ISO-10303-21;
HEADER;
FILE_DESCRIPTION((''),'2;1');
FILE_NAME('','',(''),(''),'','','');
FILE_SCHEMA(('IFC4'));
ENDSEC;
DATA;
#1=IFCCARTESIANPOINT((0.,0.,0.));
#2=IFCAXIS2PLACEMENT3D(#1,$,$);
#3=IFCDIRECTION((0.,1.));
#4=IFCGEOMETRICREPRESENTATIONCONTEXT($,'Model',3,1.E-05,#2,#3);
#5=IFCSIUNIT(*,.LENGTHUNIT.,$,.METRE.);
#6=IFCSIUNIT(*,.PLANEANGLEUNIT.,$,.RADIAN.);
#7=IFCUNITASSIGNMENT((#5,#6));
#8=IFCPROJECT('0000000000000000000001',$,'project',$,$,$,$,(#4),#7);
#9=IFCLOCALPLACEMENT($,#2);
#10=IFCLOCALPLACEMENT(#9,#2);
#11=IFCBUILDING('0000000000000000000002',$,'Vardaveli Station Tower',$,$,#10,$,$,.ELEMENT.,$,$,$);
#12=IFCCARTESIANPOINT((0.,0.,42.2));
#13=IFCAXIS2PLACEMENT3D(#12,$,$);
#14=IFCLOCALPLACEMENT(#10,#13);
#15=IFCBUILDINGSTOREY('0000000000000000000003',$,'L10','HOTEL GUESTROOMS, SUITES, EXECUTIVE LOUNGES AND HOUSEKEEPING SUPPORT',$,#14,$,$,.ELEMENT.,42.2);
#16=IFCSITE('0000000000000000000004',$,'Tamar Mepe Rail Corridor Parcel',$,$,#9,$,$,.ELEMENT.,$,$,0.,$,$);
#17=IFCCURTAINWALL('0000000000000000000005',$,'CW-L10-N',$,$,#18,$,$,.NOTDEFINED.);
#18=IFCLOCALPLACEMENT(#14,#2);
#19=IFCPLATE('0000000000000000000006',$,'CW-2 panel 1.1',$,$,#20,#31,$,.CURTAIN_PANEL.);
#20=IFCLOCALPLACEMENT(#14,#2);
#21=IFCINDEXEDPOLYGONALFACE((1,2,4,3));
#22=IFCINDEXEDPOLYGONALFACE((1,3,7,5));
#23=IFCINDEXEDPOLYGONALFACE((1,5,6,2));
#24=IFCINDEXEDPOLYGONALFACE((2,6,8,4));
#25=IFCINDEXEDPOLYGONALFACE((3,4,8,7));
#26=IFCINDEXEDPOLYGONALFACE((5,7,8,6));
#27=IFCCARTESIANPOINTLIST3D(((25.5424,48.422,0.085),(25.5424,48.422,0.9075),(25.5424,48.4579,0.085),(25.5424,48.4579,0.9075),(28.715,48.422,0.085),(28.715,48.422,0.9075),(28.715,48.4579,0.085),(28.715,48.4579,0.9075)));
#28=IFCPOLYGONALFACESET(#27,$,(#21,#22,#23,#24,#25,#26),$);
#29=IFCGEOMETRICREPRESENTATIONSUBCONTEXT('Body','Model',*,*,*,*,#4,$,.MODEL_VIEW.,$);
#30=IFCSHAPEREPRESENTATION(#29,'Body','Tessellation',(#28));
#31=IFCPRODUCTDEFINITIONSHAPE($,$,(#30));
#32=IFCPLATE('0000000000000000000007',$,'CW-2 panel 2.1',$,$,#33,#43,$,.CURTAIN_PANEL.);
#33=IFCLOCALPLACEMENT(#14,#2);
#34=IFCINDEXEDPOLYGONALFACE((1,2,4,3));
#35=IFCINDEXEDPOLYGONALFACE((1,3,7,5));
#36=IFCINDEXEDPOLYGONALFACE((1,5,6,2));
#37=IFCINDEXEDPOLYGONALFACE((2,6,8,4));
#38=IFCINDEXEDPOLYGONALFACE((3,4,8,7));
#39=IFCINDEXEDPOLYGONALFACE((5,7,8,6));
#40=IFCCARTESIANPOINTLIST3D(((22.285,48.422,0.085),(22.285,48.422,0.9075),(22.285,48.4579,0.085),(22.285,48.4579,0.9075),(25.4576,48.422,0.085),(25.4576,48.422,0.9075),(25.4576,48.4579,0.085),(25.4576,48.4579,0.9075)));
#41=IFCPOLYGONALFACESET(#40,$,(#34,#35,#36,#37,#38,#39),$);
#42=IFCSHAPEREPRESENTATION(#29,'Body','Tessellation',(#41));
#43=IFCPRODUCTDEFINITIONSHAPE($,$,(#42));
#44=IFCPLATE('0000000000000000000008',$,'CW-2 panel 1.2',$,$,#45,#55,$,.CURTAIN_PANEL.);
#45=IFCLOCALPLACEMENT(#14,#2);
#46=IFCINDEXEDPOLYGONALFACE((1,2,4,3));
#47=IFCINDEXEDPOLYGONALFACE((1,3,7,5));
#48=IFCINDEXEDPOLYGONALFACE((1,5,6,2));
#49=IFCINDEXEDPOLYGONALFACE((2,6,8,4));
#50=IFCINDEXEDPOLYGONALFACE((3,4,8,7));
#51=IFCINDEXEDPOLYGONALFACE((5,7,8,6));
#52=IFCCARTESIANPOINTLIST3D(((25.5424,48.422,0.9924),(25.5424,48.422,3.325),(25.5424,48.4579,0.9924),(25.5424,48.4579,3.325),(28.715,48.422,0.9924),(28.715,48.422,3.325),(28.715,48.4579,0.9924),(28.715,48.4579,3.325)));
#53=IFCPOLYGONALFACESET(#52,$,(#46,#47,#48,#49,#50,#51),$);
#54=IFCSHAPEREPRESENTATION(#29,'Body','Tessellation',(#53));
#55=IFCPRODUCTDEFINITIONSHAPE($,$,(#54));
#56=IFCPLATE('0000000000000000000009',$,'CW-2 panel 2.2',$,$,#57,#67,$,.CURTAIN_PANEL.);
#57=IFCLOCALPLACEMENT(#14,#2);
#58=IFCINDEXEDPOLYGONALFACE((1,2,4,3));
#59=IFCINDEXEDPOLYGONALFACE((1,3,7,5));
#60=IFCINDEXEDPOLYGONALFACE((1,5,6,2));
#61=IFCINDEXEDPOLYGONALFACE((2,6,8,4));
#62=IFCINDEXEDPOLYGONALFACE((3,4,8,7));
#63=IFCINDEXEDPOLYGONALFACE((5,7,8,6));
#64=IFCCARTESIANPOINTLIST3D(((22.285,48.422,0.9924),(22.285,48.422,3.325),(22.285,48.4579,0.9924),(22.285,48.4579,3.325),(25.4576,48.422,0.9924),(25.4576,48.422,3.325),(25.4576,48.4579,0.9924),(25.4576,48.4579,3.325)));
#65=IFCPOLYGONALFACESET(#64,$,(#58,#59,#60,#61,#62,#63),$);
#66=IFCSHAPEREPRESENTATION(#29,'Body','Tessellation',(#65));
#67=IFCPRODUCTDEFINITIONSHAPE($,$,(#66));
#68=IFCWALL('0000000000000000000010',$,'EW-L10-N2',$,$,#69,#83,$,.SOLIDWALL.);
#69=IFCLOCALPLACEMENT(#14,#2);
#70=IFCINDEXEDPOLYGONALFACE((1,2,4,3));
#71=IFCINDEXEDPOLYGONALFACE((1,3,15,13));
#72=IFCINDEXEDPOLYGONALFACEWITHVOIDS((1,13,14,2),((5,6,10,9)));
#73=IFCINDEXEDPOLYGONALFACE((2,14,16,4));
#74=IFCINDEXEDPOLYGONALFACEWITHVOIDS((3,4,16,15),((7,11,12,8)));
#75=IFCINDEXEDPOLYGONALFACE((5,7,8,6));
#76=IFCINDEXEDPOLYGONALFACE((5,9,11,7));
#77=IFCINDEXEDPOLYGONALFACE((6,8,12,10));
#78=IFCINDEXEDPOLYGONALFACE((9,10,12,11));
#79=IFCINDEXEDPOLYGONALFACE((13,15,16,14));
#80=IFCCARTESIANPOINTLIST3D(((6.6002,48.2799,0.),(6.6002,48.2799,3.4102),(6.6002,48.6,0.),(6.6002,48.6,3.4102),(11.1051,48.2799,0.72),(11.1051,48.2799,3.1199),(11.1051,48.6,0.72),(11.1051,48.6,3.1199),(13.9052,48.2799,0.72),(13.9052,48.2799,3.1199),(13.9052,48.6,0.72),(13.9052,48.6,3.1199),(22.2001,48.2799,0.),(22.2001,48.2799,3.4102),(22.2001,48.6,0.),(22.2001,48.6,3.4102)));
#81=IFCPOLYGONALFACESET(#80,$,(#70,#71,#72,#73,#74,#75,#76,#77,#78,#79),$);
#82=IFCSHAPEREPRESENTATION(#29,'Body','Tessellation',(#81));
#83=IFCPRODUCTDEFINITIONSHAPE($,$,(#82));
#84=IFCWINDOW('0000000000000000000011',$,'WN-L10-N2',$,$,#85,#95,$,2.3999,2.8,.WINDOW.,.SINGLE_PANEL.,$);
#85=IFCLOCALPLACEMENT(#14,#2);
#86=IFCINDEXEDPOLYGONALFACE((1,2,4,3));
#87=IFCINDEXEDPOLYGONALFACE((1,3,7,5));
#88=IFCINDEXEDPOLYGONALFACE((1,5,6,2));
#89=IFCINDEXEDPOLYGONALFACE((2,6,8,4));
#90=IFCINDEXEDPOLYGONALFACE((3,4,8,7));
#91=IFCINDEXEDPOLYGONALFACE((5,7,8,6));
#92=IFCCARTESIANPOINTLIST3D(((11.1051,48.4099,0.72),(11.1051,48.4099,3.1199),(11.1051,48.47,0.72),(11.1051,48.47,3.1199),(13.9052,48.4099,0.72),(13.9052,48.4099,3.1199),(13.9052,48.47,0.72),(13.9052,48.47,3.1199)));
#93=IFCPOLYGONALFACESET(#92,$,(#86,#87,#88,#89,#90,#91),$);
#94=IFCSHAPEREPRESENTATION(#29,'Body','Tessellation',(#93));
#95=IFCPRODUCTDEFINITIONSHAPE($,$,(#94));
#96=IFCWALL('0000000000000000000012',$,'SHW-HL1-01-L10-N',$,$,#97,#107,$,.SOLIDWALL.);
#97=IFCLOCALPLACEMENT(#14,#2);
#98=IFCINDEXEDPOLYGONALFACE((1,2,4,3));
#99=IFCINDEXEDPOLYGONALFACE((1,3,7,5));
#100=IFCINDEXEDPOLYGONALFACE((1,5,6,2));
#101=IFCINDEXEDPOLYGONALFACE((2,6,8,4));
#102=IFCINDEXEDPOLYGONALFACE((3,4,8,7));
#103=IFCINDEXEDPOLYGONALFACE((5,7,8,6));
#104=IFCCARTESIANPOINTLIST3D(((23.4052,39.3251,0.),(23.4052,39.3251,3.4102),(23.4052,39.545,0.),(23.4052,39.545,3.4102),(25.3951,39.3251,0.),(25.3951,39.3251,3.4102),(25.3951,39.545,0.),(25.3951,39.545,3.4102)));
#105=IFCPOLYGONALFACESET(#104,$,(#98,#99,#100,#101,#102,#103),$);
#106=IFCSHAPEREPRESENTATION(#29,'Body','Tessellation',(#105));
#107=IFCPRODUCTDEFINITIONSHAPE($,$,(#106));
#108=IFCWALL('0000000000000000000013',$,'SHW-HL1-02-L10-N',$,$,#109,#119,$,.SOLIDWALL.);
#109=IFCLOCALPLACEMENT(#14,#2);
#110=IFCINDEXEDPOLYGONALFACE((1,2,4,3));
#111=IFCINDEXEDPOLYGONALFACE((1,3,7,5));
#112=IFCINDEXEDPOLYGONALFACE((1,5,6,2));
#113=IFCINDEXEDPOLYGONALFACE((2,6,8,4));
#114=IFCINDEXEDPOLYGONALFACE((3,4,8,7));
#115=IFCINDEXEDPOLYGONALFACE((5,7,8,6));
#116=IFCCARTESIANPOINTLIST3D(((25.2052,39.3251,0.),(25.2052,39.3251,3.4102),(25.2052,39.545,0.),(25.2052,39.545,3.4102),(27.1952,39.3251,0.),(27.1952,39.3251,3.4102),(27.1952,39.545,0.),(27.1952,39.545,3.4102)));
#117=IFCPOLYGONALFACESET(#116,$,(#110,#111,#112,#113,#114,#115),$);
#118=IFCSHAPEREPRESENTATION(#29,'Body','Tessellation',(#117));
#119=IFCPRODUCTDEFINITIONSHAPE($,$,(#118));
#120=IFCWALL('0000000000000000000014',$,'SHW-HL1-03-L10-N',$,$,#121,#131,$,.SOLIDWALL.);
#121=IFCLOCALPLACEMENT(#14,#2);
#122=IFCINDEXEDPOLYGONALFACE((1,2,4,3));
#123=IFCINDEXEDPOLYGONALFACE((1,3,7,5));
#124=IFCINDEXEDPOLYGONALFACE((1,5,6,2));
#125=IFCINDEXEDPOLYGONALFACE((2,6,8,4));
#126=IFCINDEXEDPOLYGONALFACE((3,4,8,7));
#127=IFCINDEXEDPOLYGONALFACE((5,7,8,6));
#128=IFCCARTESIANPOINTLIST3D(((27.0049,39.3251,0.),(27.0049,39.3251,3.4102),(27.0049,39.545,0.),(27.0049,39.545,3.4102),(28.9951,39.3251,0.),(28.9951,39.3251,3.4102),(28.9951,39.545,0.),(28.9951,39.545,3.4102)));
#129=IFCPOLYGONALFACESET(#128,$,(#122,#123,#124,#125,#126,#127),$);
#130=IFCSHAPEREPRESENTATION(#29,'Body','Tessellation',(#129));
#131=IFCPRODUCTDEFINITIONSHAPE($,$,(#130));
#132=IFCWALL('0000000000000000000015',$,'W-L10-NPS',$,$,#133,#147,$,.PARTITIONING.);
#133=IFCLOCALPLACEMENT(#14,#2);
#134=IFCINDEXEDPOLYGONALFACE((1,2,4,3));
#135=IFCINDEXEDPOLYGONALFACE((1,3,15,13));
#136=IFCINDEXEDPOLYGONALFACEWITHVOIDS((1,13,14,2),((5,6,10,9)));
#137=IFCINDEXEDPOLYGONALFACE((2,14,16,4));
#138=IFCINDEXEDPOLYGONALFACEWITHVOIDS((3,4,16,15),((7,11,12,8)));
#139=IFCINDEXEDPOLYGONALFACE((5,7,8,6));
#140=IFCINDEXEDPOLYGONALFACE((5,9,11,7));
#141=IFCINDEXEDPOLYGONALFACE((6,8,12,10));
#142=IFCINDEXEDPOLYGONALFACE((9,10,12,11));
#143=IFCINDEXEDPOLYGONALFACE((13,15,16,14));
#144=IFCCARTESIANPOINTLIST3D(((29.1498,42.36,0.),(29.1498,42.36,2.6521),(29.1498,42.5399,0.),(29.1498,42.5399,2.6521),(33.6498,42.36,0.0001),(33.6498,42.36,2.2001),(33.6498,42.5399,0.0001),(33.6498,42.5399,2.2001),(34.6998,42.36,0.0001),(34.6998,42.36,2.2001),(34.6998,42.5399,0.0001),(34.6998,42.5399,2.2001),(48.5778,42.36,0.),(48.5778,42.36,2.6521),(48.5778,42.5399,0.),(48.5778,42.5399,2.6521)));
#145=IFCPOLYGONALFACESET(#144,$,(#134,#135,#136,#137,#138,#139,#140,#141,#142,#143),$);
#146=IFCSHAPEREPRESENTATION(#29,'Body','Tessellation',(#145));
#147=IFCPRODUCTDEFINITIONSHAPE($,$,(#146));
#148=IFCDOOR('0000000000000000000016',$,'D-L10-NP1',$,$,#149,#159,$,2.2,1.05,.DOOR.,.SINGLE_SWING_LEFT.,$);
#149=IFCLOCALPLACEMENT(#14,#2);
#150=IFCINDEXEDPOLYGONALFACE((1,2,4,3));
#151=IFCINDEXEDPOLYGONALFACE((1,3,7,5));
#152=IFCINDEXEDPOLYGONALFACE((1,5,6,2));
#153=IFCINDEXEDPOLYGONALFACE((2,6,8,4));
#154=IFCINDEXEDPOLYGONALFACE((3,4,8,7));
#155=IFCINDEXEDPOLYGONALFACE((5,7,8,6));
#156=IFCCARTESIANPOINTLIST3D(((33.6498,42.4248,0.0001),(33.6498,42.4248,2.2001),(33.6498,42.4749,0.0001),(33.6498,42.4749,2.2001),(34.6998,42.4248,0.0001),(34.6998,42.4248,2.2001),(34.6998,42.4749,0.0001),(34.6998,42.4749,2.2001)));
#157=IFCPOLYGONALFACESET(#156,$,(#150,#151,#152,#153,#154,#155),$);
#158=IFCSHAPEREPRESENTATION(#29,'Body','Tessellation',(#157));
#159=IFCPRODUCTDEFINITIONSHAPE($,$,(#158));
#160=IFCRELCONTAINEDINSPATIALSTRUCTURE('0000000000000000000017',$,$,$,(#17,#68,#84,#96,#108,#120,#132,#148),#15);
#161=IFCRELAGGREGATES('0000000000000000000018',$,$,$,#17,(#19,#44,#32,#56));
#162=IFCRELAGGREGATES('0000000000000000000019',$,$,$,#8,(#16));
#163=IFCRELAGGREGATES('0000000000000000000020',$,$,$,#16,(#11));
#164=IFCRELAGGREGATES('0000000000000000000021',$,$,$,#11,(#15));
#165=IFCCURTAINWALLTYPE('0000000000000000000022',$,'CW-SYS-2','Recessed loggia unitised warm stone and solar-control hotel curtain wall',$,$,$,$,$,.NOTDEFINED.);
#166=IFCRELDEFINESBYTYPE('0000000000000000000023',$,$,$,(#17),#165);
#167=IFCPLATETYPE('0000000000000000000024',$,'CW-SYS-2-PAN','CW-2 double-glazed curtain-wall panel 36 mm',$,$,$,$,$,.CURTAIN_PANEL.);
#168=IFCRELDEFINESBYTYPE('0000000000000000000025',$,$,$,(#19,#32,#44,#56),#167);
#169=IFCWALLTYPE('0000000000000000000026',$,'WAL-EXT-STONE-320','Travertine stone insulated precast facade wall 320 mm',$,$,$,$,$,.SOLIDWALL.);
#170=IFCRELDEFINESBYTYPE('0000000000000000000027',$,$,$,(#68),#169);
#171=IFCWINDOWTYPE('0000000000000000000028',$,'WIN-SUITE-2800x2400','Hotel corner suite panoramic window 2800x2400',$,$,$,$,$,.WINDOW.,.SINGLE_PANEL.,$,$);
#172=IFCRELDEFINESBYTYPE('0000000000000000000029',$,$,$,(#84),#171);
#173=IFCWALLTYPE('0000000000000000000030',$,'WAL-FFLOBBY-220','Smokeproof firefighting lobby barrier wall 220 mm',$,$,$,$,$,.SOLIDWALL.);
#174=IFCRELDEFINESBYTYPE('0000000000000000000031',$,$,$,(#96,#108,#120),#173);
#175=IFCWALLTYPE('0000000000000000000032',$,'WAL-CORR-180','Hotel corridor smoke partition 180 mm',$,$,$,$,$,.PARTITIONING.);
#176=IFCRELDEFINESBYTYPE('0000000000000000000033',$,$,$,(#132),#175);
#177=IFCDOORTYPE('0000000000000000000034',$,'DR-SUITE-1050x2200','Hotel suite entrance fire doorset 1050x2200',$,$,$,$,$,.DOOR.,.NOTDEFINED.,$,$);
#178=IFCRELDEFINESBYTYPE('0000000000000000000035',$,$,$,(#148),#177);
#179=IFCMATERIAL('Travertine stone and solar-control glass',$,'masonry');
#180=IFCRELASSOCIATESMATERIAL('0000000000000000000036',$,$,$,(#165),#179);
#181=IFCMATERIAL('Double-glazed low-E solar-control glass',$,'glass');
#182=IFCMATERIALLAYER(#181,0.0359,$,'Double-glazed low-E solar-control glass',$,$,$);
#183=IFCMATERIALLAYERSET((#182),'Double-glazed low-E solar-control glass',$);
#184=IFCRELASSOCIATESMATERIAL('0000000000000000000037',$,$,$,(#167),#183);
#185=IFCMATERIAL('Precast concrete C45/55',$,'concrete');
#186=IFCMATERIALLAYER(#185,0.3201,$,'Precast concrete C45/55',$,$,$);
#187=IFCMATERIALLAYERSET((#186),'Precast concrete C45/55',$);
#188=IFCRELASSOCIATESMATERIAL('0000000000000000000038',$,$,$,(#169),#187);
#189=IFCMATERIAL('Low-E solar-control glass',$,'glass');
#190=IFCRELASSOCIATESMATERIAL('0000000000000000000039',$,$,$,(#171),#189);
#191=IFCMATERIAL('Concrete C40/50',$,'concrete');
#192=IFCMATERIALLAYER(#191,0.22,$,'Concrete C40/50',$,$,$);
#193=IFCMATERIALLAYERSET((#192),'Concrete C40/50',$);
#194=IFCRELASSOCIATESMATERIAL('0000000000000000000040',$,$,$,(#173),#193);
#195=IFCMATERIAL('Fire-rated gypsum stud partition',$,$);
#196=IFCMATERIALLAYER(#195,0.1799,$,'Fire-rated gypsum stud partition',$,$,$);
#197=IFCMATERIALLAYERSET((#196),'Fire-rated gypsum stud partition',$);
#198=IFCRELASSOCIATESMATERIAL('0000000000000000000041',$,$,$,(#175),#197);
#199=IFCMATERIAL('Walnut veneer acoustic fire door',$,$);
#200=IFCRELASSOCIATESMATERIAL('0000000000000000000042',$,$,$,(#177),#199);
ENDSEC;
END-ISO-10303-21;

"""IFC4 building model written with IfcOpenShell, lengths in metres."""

from ifc_helpers import new_model, si_unit, direction, frame, frame_2d, origin, origin_2d, place, context, subcontext, project, spatial, rectangle, extrude, source, transform, mapped, material, layer, layer_set, type_object, element, fill, aggregate, save


model = new_model("IFC4")

# Units and contexts
model_context = context("Model", 3, precision=1e-05, world=origin(), true_north=direction((0.0, 1.0)))
body_context = subcontext(model_context, "Body", "Model", "MODEL_VIEW")
ifc_project = project(units=[si_unit("LENGTHUNIT", "METRE"), si_unit("PLANEANGLEUNIT", "RADIAN")], contexts=[model_context])

# Site, building, storey
site_placement = place(None, origin())
site = spatial("IfcSite", under=ifc_project, at=site_placement, Name="Tamar Mepe Rail Corridor Parcel", CompositionType="ELEMENT", RefElevation=0.0)
building_placement = place(site_placement, origin())
building = spatial("IfcBuilding", under=site, at=building_placement, Name="Vardaveli Station Tower", CompositionType="ELEMENT")
storey_placement = place(building_placement, frame((0.0, 0.0, 42.2)))
storey = spatial("IfcBuildingStorey", under=building, at=storey_placement, Name="L10", Description="HOTEL GUESTROOMS, SUITES, EXECUTIVE LOUNGES AND HOUSEKEEPING SUPPORT", CompositionType="ELEMENT", Elevation=42.2)

# Shared definitions
ifc_material_1 = material(Name="Precast concrete C45/55", Category="concrete")

# Curtain wall, plates
ifc_material_2 = material(Name="Travertine stone and solar-control glass", Category="masonry")
curtain_wall_type = type_object("IfcCurtainWallType", Name="CW-SYS-2", Description="Recessed loggia unitised warm stone and solar-control hotel curtain wall", PredefinedType="NOTDEFINED", material=ifc_material_2)
curtain_wall_placement = place(storey_placement, origin())
curtain_wall = element("IfcCurtainWall", 1, at=curtain_wall_placement, inside=storey, type_object=curtain_wall_type, Name="CW-L10-N", PredefinedType="NOTDEFINED")
ifc_material_3 = material(Name="Double-glazed low-E solar-control glass", Category="glass")
ifc_layer_1 = layer(ifc_material_3, 0.0359, Name="Double-glazed low-E solar-control glass")
ifc_layer_set_1 = layer_set([ifc_layer_1], Name="Double-glazed low-E solar-control glass")
plate_type = type_object("IfcPlateType", Name="CW-SYS-2-PAN", Description="CW-2 double-glazed curtain-wall panel 36 mm", PredefinedType="CURTAIN_PANEL", material=ifc_layer_set_1)
shared_shape_1 = source(origin(), body_context, "Body", "SweptSolid", [
    extrude(rectangle(XDim=3.1726, YDim=0.0359, at=origin_2d()), origin(), (0.0, 0.0, 1.0), 0.8225),
])
plate_1_placement = place(storey_placement, frame((27.1287, 48.4399, 0.085), z_axis=(0.0, 0.0, 1.0), x_axis=(-1.0, 0.0, 0.0)))
plate_1 = element("IfcPlate", 2, at=plate_1_placement, type_object=plate_type, Name="CW-2 panel 1.1", PredefinedType="CURTAIN_PANEL", context=body_context, shape_type="MappedRepresentation", body=[
    mapped(shared_shape_1, transform((0.0, 0.0, 0.0), scale=1.0)),
])
plate_2_placement = place(storey_placement, frame((23.8713, 48.4399, 0.085), z_axis=(0.0, 0.0, 1.0), x_axis=(-1.0, 0.0, 0.0)))
plate_2 = element("IfcPlate", 3, at=plate_2_placement, type_object=plate_type, Name="CW-2 panel 2.1", PredefinedType="CURTAIN_PANEL", context=body_context, shape_type="MappedRepresentation", body=[
    mapped(shared_shape_1, transform((0.0, 0.0, 0.0), scale=1.0)),
])
shared_shape_2 = source(origin(), body_context, "Body", "SweptSolid", [
    extrude(rectangle(XDim=3.1726, YDim=0.0359, at=origin_2d()), origin(), (0.0, 0.0, 1.0), 2.3325),
])
plate_3_placement = place(storey_placement, frame((27.1287, 48.4399, 0.9924), z_axis=(0.0, 0.0, 1.0), x_axis=(-1.0, 0.0, 0.0)))
plate_3 = element("IfcPlate", 4, at=plate_3_placement, type_object=plate_type, Name="CW-2 panel 1.2", PredefinedType="CURTAIN_PANEL", context=body_context, shape_type="MappedRepresentation", body=[
    mapped(shared_shape_2, transform((0.0, 0.0, 0.0), scale=1.0)),
])
plate_4_placement = place(storey_placement, frame((23.8713, 48.4399, 0.9924), z_axis=(0.0, 0.0, 1.0), x_axis=(-1.0, 0.0, 0.0)))
plate_4 = element("IfcPlate", 5, at=plate_4_placement, type_object=plate_type, Name="CW-2 panel 2.2", PredefinedType="CURTAIN_PANEL", context=body_context, shape_type="MappedRepresentation", body=[
    mapped(shared_shape_2, transform((0.0, 0.0, 0.0), scale=1.0)),
])
aggregate(curtain_wall, [plate_1, plate_3, plate_2, plate_4])

# Wall, opening, window
ifc_layer_2 = layer(ifc_material_1, 0.3201, Name="Precast concrete C45/55")
ifc_layer_set_2 = layer_set([ifc_layer_2], Name="Precast concrete C45/55")
wall_type_1 = type_object("IfcWallType", Name="WAL-EXT-STONE-320", Description="Travertine stone insulated precast facade wall 320 mm", PredefinedType="SOLIDWALL", material=ifc_layer_set_2)
shared_shape_3 = source(origin(), body_context, "Body", "SweptSolid", [
    extrude(rectangle(XDim=15.5999, YDim=0.3201, at=frame_2d((7.7998, 0.0))), origin(), (0.0, 0.0, 1.0), 3.4102),
])
wall_1_placement = place(storey_placement, frame((22.2, 48.4399, 0.0), z_axis=(0.0, 0.0, 1.0), x_axis=(-1.0, 0.0, 0.0)))
wall_1 = element("IfcWall", 6, at=wall_1_placement, inside=storey, type_object=wall_type_1, Name="EW-L10-N2", PredefinedType="SOLIDWALL", context=body_context, shape_type="MappedRepresentation", body=[
    mapped(shared_shape_3, transform((0.0, 0.0, 0.0), scale=1.0)),
])
shared_shape_4 = source(origin(), body_context, "Body", "SweptSolid", [
    extrude(rectangle(XDim=2.8, YDim=2.3999, at=frame_2d((1.3999, 1.2))), frame((0.0, 0.1699, 0.0), z_axis=(0.0, -1.0, 0.0), x_axis=(1.0, 0.0, 0.0)), (0.0, 0.0, 1.0), 0.3401),
])
opening_1_placement = place(wall_1_placement, frame((8.2949, 0.0, 0.72)))
opening_1 = element("IfcOpeningElement", 7, at=opening_1_placement, cuts=wall_1, PredefinedType="OPENING", context=body_context, shape_type="MappedRepresentation", body=[
    mapped(shared_shape_4, transform((0.0, 0.0, 0.0), scale=1.0)),
])
ifc_material_4 = material(Name="Low-E solar-control glass", Category="glass")
window_type = type_object("IfcWindowType", Name="WIN-SUITE-2800x2400", Description="Hotel corner suite panoramic window 2800x2400", PartitioningType="SINGLE_PANEL", PredefinedType="WINDOW", material=ifc_material_4)
shared_shape_5 = source(origin(), body_context, "Body", "SweptSolid", [
    extrude(rectangle(XDim=2.8, YDim=2.3999, at=frame_2d((1.3999, 1.2))), frame((0.0, 0.03, 0.0), z_axis=(0.0, -1.0, 0.0), x_axis=(1.0, 0.0, 0.0)), (0.0, 0.0, 1.0), 0.0601),
])
window_placement = place(opening_1_placement, origin())
window = element("IfcWindow", 8, at=window_placement, inside=storey, type_object=window_type, Name="WN-L10-N2", OverallHeight=2.3999, OverallWidth=2.8, PartitioningType="SINGLE_PANEL", PredefinedType="WINDOW", context=body_context, shape_type="MappedRepresentation", body=[
    mapped(shared_shape_5, transform((0.0, 0.0, 0.0), scale=1.0)),
])
fill(opening_1, window)

# Walls
ifc_material_5 = material(Name="Concrete C40/50", Category="concrete")
ifc_layer_3 = layer(ifc_material_5, 0.22, Name="Concrete C40/50")
ifc_layer_set_3 = layer_set([ifc_layer_3], Name="Concrete C40/50")
wall_type_2 = type_object("IfcWallType", Name="WAL-FFLOBBY-220", Description="Smokeproof firefighting lobby barrier wall 220 mm", PredefinedType="SOLIDWALL", material=ifc_layer_set_3)
shared_shape_6 = source(origin(), body_context, "Body", "SweptSolid", [
    extrude(rectangle(XDim=1.99, YDim=0.22, at=frame_2d((0.9951, 0.0))), origin(), (0.0, 0.0, 1.0), 3.4102),
])
for number, where, z_axis, x_axis, name in (
    (9, (23.405, 39.4351, 0.0), (0.0, 0.0, 1.0), (1.0, 0.0, 0.0), "SHW-HL1-01-L10-N"),
    (10, (25.2051, 39.4351, 0.0), (0.0, 0.0, 1.0), (1.0, 0.0, 0.0), "SHW-HL1-02-L10-N"),
):
    element("IfcWall", number, at=place(storey_placement, frame(where, z_axis=z_axis, x_axis=x_axis)), inside=storey, type_object=wall_type_2, Name=name, PredefinedType="SOLIDWALL", context=body_context, shape_type="MappedRepresentation", body=[
        mapped(shared_shape_6, transform((0.0, 0.0, 0.0), scale=1.0)),
    ])
shared_shape_7 = source(origin(), body_context, "Body", "SweptSolid", [
    extrude(rectangle(XDim=1.9902, YDim=0.22, at=frame_2d((0.9951, 0.0))), origin(), (0.0, 0.0, 1.0), 3.4102),
])
wall_2_placement = place(storey_placement, frame((27.0049, 39.4351, 0.0), z_axis=(0.0, 0.0, 1.0), x_axis=(1.0, 0.0, 0.0)))
element("IfcWall", 11, at=wall_2_placement, inside=storey, type_object=wall_type_2, Name="SHW-HL1-03-L10-N", PredefinedType="SOLIDWALL", context=body_context, shape_type="MappedRepresentation", body=[
    mapped(shared_shape_7, transform((0.0, 0.0, 0.0), scale=1.0)),
])

# Wall, opening, door
ifc_material_6 = material(Name="Fire-rated gypsum stud partition")
ifc_layer_4 = layer(ifc_material_6, 0.1799, Name="Fire-rated gypsum stud partition")
ifc_layer_set_4 = layer_set([ifc_layer_4], Name="Fire-rated gypsum stud partition")
wall_type_3 = type_object("IfcWallType", Name="WAL-CORR-180", Description="Hotel corridor smoke partition 180 mm", PredefinedType="PARTITIONING", material=ifc_layer_set_4)
shared_shape_8 = source(origin(), body_context, "Body", "SweptSolid", [
    extrude(rectangle(XDim=19.428, YDim=0.1799, at=frame_2d((9.7139, 0.0))), origin(), (0.0, 0.0, 1.0), 2.6521),
])
wall_3_placement = place(storey_placement, frame((29.1499, 42.45, 0.0), z_axis=(0.0, 0.0, 1.0), x_axis=(1.0, 0.0, 0.0)))
wall_3 = element("IfcWall", 12, at=wall_3_placement, inside=storey, type_object=wall_type_3, Name="W-L10-NPS", PredefinedType="PARTITIONING", context=body_context, shape_type="MappedRepresentation", body=[
    mapped(shared_shape_8, transform((0.0, 0.0, 0.0), scale=1.0)),
])
shared_shape_9 = source(origin(), body_context, "Body", "SweptSolid", [
    extrude(rectangle(XDim=1.05, YDim=2.2, at=frame_2d((0.5249, 1.1001))), frame((0.0, 0.1001, 0.0), z_axis=(0.0, -1.0, 0.0), x_axis=(1.0, 0.0, 0.0)), (0.0, 0.0, 1.0), 0.2),
])
opening_2_placement = place(wall_3_placement, frame((4.5, 0.0, 0.0)))
opening_2 = element("IfcOpeningElement", 13, at=opening_2_placement, cuts=wall_3, PredefinedType="OPENING", context=body_context, shape_type="MappedRepresentation", body=[
    mapped(shared_shape_9, transform((0.0, 0.0, 0.0), scale=1.0)),
])
ifc_material_7 = material(Name="Walnut veneer acoustic fire door")
door_type = type_object("IfcDoorType", Name="DR-SUITE-1050x2200", Description="Hotel suite entrance fire doorset 1050x2200", OperationType="NOTDEFINED", PredefinedType="DOOR", material=ifc_material_7)
shared_shape_10 = source(origin(), body_context, "Body", "SweptSolid", [
    extrude(rectangle(XDim=1.05, YDim=2.2, at=frame_2d((0.5249, 1.1001))), frame((0.0, 0.0249, 0.0), z_axis=(0.0, -1.0, 0.0), x_axis=(1.0, 0.0, 0.0)), (0.0, 0.0, 1.0), 0.05),
])
door_placement = place(opening_2_placement, origin())
door = element("IfcDoor", 14, at=door_placement, inside=storey, type_object=door_type, Name="D-L10-NP1", OperationType="SINGLE_SWING_LEFT", OverallHeight=2.2, OverallWidth=1.05, PredefinedType="DOOR", context=body_context, shape_type="MappedRepresentation", body=[
    mapped(shared_shape_10, transform((0.0, 0.0, 0.0), scale=1.0)),
])
fill(opening_2, door)

save(model, "model.ifc")
